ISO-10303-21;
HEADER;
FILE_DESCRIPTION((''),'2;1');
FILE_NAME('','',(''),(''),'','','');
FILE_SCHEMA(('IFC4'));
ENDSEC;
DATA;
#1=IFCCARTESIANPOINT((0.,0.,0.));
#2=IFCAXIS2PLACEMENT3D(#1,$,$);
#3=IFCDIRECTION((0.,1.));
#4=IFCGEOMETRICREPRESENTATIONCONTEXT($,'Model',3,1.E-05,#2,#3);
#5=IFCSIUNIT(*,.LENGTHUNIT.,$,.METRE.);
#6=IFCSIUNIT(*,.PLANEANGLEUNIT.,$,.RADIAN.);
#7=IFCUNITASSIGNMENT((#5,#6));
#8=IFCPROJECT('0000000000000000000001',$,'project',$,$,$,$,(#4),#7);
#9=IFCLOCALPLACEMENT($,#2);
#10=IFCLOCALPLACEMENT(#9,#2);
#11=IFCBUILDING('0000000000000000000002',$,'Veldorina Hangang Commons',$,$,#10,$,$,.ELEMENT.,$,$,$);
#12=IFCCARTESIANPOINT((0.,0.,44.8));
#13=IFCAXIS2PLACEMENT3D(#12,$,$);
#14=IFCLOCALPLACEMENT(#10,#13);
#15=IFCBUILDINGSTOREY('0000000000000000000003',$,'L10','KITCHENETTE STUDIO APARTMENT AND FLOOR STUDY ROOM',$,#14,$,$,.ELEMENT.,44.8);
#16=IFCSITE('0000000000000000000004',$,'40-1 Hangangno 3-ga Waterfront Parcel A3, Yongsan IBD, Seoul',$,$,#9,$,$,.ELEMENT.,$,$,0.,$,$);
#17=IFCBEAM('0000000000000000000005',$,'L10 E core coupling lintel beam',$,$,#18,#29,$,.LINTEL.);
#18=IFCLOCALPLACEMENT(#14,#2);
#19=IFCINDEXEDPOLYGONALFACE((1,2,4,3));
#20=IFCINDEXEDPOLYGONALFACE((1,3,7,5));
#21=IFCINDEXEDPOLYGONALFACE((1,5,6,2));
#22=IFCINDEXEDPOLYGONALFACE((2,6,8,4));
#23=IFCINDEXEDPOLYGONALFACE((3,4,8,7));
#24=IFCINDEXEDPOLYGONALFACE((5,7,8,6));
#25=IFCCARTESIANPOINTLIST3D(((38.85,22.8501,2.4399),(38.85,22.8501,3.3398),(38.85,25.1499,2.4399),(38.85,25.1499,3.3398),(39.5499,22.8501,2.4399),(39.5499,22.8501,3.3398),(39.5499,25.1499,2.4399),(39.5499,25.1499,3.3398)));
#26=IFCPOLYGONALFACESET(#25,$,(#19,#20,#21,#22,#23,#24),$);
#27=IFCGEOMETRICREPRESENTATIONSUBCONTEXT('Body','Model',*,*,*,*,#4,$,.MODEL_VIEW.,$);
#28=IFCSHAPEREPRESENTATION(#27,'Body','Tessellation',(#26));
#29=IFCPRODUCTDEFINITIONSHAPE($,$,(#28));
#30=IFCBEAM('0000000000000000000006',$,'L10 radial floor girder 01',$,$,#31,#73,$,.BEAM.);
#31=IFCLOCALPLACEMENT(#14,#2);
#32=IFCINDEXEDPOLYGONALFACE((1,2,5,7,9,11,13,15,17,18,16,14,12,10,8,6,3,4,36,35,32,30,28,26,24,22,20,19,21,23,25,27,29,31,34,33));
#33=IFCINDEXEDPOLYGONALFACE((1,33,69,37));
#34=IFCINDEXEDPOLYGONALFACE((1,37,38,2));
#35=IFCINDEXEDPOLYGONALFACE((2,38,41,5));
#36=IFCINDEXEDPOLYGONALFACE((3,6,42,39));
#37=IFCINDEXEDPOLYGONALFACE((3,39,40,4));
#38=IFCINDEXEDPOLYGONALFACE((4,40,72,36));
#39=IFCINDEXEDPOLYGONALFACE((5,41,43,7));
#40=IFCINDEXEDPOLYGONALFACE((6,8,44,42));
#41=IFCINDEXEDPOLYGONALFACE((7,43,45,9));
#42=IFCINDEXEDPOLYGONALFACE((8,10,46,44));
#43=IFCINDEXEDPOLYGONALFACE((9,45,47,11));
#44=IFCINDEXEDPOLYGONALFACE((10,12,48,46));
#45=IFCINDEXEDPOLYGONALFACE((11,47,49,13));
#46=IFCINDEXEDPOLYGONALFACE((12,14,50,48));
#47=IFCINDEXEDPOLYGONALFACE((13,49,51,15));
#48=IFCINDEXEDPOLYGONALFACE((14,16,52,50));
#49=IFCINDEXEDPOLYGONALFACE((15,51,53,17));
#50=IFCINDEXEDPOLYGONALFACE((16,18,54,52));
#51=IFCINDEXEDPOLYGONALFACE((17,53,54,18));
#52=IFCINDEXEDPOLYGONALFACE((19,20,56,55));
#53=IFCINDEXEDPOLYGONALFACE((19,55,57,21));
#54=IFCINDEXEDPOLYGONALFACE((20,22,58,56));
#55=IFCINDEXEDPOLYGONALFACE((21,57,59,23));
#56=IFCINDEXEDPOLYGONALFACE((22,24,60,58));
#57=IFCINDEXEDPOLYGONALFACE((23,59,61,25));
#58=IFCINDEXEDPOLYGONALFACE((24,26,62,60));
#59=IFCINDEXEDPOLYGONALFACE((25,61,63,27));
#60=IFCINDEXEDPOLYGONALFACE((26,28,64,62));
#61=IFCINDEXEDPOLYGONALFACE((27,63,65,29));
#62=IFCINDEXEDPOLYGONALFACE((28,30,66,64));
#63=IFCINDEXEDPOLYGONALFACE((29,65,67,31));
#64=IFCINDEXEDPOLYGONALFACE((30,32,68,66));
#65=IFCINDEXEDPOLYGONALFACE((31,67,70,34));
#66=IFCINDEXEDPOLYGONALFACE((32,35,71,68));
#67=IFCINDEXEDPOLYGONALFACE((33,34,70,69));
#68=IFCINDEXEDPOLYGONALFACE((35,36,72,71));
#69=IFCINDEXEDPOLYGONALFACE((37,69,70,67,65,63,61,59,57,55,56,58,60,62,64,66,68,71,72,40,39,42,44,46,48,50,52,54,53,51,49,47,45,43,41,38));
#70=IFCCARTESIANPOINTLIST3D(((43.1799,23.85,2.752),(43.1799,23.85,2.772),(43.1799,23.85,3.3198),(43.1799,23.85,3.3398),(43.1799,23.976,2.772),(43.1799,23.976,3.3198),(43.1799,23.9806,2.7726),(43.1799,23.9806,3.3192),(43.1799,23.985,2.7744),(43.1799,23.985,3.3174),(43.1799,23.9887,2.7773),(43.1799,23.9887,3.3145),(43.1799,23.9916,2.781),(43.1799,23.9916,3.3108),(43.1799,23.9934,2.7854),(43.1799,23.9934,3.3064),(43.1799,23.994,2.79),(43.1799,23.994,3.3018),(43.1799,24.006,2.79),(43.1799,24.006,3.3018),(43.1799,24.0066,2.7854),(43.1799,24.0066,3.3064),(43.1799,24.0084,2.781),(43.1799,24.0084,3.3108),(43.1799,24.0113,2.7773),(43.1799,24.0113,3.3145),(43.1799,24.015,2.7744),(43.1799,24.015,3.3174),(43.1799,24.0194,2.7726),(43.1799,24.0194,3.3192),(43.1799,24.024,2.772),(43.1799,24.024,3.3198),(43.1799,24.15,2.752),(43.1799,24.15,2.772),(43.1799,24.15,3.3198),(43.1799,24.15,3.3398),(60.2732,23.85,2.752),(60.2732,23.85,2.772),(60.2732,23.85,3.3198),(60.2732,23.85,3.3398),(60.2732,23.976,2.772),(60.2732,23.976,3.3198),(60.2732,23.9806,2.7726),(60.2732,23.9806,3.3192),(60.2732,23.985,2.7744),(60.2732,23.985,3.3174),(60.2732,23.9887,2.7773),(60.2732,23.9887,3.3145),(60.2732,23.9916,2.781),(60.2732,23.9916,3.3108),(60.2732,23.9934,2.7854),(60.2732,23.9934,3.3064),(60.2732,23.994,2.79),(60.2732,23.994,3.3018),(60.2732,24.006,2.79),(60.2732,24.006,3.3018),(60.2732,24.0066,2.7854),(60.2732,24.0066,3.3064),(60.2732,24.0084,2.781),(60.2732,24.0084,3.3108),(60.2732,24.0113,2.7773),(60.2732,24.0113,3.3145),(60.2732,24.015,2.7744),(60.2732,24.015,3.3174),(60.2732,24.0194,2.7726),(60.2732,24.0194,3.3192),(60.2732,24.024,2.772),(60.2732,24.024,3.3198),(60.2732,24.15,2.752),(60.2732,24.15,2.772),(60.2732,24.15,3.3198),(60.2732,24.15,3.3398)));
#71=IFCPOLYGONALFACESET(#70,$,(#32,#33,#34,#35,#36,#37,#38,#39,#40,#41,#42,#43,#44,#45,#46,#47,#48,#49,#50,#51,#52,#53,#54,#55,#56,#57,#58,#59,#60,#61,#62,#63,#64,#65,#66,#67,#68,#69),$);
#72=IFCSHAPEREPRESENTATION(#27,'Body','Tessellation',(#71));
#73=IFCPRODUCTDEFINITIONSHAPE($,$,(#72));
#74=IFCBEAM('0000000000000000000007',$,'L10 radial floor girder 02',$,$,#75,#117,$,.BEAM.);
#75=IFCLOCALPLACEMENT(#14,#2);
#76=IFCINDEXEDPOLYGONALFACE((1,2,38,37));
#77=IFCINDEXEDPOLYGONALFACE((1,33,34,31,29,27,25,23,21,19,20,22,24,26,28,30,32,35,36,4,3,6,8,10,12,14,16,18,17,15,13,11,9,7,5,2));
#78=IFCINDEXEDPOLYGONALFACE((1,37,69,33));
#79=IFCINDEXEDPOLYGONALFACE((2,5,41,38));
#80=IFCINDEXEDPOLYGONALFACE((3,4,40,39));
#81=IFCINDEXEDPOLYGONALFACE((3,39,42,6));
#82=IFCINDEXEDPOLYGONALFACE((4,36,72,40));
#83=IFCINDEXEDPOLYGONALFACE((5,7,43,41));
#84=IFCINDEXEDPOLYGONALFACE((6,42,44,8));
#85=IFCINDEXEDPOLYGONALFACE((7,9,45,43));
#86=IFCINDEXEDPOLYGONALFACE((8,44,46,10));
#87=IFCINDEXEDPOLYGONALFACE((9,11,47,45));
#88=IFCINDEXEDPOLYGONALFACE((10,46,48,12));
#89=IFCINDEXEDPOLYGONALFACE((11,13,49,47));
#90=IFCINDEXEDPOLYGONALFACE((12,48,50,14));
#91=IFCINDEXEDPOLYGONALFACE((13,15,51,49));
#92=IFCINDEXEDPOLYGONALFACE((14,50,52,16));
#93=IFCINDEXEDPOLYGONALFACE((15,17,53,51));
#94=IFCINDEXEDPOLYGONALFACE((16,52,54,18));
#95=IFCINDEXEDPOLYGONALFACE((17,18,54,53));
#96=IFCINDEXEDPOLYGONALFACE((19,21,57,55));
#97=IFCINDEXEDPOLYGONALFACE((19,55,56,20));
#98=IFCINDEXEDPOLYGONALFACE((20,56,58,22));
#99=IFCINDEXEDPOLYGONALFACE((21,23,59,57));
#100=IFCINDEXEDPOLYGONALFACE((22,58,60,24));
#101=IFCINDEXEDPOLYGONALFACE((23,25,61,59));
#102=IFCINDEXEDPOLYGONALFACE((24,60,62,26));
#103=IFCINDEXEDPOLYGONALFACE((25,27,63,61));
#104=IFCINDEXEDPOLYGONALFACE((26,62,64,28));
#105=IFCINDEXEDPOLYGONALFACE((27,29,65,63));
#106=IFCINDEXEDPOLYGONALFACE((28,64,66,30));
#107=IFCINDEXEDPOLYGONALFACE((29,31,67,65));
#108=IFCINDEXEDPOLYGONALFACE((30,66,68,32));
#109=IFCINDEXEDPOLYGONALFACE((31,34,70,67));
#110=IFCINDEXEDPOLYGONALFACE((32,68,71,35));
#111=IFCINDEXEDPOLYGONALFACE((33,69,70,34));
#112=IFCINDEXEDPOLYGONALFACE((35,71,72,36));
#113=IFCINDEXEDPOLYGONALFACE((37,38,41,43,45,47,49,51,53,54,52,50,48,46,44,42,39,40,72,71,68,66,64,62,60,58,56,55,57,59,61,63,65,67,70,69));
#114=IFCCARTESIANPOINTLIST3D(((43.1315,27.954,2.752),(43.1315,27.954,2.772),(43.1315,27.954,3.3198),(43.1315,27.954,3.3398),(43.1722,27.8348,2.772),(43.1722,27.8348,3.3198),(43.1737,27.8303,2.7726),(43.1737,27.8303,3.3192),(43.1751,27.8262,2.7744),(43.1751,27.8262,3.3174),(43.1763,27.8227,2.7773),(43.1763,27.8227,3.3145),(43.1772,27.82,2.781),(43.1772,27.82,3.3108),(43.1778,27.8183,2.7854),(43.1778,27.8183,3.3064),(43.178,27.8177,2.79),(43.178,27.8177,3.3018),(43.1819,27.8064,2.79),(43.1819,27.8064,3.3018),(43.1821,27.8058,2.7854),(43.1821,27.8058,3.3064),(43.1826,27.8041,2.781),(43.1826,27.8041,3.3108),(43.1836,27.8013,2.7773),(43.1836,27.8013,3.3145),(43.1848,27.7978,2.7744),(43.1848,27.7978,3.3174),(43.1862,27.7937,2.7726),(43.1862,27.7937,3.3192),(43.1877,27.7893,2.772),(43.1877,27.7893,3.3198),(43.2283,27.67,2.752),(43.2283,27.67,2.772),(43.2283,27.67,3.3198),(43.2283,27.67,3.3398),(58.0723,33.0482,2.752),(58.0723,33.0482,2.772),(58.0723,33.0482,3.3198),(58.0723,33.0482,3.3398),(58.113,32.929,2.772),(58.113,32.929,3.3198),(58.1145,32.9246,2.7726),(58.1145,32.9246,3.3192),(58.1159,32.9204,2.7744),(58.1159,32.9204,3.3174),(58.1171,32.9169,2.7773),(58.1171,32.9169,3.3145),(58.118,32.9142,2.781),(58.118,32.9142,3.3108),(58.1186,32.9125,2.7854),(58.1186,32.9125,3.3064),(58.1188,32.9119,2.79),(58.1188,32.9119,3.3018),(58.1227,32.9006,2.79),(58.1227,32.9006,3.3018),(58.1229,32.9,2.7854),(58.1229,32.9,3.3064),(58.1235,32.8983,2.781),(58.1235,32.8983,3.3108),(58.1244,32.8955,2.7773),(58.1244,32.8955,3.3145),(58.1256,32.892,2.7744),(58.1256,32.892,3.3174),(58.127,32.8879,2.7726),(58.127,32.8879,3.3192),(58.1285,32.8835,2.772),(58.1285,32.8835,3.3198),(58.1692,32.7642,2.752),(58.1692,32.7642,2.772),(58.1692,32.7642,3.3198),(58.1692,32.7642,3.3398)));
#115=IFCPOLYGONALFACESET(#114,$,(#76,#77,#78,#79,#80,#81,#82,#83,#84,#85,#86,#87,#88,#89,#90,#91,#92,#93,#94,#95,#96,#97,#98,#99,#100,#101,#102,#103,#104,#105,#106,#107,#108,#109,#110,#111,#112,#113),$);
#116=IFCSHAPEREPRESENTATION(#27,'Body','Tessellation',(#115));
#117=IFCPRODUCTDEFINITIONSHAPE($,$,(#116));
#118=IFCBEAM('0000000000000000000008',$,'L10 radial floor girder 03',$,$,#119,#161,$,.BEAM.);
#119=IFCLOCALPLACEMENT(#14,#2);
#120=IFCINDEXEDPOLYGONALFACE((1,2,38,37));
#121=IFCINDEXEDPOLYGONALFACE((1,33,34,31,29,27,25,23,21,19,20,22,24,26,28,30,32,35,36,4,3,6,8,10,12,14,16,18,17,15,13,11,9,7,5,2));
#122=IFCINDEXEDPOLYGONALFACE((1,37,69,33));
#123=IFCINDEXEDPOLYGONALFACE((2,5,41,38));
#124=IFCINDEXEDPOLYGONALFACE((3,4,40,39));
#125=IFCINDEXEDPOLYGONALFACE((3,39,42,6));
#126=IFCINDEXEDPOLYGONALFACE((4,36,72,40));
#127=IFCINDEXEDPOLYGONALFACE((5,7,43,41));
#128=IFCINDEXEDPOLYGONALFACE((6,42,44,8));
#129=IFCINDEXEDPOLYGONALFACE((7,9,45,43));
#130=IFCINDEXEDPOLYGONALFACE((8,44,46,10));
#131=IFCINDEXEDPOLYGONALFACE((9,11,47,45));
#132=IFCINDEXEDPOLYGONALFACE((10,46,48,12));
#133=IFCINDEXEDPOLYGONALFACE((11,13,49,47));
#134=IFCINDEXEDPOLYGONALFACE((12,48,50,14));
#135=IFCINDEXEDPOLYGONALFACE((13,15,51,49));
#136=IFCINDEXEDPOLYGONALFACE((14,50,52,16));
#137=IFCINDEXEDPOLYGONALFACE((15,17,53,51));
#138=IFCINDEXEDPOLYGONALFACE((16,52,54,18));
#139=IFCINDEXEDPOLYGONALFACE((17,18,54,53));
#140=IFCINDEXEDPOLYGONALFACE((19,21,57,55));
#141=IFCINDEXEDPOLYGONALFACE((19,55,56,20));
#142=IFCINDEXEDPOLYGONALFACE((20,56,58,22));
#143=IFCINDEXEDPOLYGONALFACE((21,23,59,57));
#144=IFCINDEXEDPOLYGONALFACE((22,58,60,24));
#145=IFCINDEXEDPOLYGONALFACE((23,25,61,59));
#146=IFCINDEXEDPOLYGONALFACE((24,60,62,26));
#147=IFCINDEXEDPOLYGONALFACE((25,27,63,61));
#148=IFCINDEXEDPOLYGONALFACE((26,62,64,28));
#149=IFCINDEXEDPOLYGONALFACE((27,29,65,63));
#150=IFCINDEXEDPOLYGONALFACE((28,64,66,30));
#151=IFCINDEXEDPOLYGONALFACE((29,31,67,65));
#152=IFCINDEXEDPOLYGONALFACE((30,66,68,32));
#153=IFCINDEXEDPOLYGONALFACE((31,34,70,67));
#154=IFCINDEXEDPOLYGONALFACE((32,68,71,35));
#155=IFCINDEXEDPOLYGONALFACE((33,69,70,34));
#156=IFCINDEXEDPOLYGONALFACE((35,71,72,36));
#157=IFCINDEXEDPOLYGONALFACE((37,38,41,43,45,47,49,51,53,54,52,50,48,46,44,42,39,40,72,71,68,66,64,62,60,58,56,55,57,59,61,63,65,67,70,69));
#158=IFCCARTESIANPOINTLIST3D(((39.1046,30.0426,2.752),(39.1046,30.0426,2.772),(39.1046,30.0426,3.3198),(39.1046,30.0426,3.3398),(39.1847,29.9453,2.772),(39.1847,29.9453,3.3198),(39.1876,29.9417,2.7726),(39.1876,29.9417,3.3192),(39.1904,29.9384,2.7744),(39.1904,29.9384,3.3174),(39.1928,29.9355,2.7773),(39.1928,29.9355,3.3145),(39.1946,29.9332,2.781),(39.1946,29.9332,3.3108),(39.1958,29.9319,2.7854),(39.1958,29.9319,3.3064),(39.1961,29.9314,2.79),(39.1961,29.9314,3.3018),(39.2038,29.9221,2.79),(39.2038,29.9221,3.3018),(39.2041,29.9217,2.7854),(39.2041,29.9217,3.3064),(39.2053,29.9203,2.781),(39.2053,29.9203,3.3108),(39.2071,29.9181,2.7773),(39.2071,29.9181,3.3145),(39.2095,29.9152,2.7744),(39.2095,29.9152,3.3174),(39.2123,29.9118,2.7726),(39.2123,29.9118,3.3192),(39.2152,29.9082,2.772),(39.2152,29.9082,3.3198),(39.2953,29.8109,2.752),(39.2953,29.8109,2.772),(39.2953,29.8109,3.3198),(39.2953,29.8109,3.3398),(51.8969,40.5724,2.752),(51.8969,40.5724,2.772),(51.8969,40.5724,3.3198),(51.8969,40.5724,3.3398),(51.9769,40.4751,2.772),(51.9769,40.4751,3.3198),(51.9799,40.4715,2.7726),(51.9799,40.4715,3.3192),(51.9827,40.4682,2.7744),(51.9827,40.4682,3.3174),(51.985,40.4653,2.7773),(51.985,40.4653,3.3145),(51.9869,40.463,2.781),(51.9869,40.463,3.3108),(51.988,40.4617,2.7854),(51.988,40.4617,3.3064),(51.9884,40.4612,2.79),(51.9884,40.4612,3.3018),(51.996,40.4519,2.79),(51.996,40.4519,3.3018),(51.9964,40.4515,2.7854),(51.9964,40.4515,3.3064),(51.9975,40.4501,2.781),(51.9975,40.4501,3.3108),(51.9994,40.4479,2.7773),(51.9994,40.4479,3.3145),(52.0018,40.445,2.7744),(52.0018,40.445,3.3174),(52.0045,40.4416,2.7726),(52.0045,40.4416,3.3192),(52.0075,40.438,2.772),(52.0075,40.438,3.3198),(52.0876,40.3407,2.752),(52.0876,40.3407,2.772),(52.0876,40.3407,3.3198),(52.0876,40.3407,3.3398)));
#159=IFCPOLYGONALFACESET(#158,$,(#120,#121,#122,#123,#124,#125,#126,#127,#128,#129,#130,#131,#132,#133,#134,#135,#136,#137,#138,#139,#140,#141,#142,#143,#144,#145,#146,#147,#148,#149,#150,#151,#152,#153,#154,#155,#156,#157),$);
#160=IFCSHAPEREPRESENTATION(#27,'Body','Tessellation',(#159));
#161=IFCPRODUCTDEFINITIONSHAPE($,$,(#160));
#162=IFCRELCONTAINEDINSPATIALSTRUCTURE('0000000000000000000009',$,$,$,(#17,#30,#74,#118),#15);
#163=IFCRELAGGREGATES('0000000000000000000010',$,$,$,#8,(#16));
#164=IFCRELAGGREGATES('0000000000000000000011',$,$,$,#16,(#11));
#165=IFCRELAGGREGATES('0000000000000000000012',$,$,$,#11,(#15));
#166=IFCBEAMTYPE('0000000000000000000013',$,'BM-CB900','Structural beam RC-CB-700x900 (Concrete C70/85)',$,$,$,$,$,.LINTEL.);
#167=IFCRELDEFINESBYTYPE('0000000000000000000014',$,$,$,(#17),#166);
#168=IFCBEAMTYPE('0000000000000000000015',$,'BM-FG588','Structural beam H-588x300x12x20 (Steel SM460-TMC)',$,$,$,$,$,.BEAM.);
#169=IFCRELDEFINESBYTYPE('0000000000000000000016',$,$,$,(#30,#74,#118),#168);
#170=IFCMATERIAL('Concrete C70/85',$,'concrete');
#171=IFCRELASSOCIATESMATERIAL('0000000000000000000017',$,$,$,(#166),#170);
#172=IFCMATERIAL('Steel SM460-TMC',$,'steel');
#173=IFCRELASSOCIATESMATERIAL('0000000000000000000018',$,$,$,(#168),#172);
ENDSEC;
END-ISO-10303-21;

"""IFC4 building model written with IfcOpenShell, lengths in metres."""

from ifc_helpers import new_model, si_unit, direction, frame, origin, origin_2d, place, context, subcontext, project, spatial, rectangle, i_section, extrude, material, material_profile, profile_set, type_object, element, save


model = new_model("IFC4")

# Units and contexts
model_context = context("Model", 3, precision=1e-05, world=origin(), true_north=direction((0.0, 1.0)))
body_context = subcontext(model_context, "Body", "Model", "MODEL_VIEW")
ifc_project = project(units=[si_unit("LENGTHUNIT", "METRE"), si_unit("PLANEANGLEUNIT", "RADIAN")], contexts=[model_context])

# Site, building, storey
site_placement = place(None, origin())
site = spatial("IfcSite", under=ifc_project, at=site_placement, Name="40-1 Hangangno 3-ga Waterfront Parcel A3, Yongsan IBD, Seoul", CompositionType="ELEMENT", RefElevation=0.0)
building_placement = place(site_placement, origin())
building = spatial("IfcBuilding", under=site, at=building_placement, Name="Veldorina Hangang Commons", CompositionType="ELEMENT")
storey_placement = place(building_placement, frame((0.0, 0.0, 44.8)))
storey = spatial("IfcBuildingStorey", under=building, at=storey_placement, Name="L10", Description="KITCHENETTE STUDIO APARTMENT AND FLOOR STUDY ROOM", CompositionType="ELEMENT", Elevation=44.8)

# Beams
ifc_material_1 = material(Name="Concrete C70/85", Category="concrete")
ifc_material_profile_1 = material_profile(ifc_material_1, rectangle(XDim=0.7, YDim=0.8999, at=origin_2d()), Name="RC-CB-700x900")
ifc_profile_set_1 = profile_set([ifc_material_profile_1], Name="Concrete C70/85")
beam_type_1 = type_object("IfcBeamType", Name="BM-CB900", Description="Structural beam RC-CB-700x900 (Concrete C70/85)", PredefinedType="LINTEL", material=ifc_profile_set_1)
beam_1_placement = place(storey_placement, frame((39.2, 22.8501, 2.8899), z_axis=(0.0, 1.0, 0.0), x_axis=(-1.0, 0.0, 0.0)))
element("IfcBeam", 1, at=beam_1_placement, inside=storey, type_object=beam_type_1, Name="L10 E core coupling lintel beam", PredefinedType="LINTEL", context=body_context, shape_type="SweptSolid", body=[
    extrude(rectangle(XDim=0.7, YDim=0.8999, at=origin_2d()), origin(), (0.0, 0.0, 1.0), 2.2998),
])
ifc_material_2 = material(Name="Steel SM460-TMC", Category="steel")
ifc_material_profile_2 = material_profile(ifc_material_2, i_section(OverallWidth=0.3, OverallDepth=0.5879, WebThickness=0.012, FlangeThickness=0.02, FilletRadius=0.0181, at=origin_2d()), Name="H-588x300x12x20")
ifc_profile_set_2 = profile_set([ifc_material_profile_2], Name="Steel SM460-TMC")
beam_type_2 = type_object("IfcBeamType", Name="BM-FG588", Description="Structural beam H-588x300x12x20 (Steel SM460-TMC)", PredefinedType="BEAM", material=ifc_profile_set_2)
beam_2_placement = place(storey_placement, frame((43.1799, 24.0, 3.0459), z_axis=(1.0, 0.0, 0.0), x_axis=(0.0, 1.0, 0.0)))
element("IfcBeam", 2, at=beam_2_placement, inside=storey, type_object=beam_type_2, Name="L10 radial floor girder 01", PredefinedType="BEAM", context=body_context, shape_type="SweptSolid", body=[
    extrude(i_section(OverallWidth=0.3, OverallDepth=0.5879, WebThickness=0.012, FlangeThickness=0.02, FilletRadius=0.0181, at=origin_2d()), origin(), (0.0, 0.0, 1.0), 17.0933),
])
beam_3_placement = place(storey_placement, frame((43.1799, 27.812, 3.0459), z_axis=(0.946496, 0.322716, 0.0), x_axis=(-0.322716, 0.946496, 0.0)))
element("IfcBeam", 3, at=beam_3_placement, inside=storey, type_object=beam_type_2, Name="L10 radial floor girder 02", PredefinedType="BEAM", context=body_context, shape_type="SweptSolid", body=[
    extrude(i_section(OverallWidth=0.3, OverallDepth=0.5879, WebThickness=0.012, FlangeThickness=0.02, FilletRadius=0.0181, at=origin_2d()), origin(), (0.0, 0.0, 1.0), 15.7854),
])
beam_4_placement = place(storey_placement, frame((39.2, 29.9268, 3.0459), z_axis=(0.772078, 0.635527, 0.0), x_axis=(-0.635527, 0.772078, 0.0)))
element("IfcBeam", 4, at=beam_4_placement, inside=storey, type_object=beam_type_2, Name="L10 radial floor girder 03", PredefinedType="BEAM", context=body_context, shape_type="SweptSolid", body=[
    extrude(i_section(OverallWidth=0.3, OverallDepth=0.5879, WebThickness=0.012, FlangeThickness=0.02, FilletRadius=0.0181, at=origin_2d()), origin(), (0.0, 0.0, 1.0), 16.5686),
])

save(model, "model.ifc")
